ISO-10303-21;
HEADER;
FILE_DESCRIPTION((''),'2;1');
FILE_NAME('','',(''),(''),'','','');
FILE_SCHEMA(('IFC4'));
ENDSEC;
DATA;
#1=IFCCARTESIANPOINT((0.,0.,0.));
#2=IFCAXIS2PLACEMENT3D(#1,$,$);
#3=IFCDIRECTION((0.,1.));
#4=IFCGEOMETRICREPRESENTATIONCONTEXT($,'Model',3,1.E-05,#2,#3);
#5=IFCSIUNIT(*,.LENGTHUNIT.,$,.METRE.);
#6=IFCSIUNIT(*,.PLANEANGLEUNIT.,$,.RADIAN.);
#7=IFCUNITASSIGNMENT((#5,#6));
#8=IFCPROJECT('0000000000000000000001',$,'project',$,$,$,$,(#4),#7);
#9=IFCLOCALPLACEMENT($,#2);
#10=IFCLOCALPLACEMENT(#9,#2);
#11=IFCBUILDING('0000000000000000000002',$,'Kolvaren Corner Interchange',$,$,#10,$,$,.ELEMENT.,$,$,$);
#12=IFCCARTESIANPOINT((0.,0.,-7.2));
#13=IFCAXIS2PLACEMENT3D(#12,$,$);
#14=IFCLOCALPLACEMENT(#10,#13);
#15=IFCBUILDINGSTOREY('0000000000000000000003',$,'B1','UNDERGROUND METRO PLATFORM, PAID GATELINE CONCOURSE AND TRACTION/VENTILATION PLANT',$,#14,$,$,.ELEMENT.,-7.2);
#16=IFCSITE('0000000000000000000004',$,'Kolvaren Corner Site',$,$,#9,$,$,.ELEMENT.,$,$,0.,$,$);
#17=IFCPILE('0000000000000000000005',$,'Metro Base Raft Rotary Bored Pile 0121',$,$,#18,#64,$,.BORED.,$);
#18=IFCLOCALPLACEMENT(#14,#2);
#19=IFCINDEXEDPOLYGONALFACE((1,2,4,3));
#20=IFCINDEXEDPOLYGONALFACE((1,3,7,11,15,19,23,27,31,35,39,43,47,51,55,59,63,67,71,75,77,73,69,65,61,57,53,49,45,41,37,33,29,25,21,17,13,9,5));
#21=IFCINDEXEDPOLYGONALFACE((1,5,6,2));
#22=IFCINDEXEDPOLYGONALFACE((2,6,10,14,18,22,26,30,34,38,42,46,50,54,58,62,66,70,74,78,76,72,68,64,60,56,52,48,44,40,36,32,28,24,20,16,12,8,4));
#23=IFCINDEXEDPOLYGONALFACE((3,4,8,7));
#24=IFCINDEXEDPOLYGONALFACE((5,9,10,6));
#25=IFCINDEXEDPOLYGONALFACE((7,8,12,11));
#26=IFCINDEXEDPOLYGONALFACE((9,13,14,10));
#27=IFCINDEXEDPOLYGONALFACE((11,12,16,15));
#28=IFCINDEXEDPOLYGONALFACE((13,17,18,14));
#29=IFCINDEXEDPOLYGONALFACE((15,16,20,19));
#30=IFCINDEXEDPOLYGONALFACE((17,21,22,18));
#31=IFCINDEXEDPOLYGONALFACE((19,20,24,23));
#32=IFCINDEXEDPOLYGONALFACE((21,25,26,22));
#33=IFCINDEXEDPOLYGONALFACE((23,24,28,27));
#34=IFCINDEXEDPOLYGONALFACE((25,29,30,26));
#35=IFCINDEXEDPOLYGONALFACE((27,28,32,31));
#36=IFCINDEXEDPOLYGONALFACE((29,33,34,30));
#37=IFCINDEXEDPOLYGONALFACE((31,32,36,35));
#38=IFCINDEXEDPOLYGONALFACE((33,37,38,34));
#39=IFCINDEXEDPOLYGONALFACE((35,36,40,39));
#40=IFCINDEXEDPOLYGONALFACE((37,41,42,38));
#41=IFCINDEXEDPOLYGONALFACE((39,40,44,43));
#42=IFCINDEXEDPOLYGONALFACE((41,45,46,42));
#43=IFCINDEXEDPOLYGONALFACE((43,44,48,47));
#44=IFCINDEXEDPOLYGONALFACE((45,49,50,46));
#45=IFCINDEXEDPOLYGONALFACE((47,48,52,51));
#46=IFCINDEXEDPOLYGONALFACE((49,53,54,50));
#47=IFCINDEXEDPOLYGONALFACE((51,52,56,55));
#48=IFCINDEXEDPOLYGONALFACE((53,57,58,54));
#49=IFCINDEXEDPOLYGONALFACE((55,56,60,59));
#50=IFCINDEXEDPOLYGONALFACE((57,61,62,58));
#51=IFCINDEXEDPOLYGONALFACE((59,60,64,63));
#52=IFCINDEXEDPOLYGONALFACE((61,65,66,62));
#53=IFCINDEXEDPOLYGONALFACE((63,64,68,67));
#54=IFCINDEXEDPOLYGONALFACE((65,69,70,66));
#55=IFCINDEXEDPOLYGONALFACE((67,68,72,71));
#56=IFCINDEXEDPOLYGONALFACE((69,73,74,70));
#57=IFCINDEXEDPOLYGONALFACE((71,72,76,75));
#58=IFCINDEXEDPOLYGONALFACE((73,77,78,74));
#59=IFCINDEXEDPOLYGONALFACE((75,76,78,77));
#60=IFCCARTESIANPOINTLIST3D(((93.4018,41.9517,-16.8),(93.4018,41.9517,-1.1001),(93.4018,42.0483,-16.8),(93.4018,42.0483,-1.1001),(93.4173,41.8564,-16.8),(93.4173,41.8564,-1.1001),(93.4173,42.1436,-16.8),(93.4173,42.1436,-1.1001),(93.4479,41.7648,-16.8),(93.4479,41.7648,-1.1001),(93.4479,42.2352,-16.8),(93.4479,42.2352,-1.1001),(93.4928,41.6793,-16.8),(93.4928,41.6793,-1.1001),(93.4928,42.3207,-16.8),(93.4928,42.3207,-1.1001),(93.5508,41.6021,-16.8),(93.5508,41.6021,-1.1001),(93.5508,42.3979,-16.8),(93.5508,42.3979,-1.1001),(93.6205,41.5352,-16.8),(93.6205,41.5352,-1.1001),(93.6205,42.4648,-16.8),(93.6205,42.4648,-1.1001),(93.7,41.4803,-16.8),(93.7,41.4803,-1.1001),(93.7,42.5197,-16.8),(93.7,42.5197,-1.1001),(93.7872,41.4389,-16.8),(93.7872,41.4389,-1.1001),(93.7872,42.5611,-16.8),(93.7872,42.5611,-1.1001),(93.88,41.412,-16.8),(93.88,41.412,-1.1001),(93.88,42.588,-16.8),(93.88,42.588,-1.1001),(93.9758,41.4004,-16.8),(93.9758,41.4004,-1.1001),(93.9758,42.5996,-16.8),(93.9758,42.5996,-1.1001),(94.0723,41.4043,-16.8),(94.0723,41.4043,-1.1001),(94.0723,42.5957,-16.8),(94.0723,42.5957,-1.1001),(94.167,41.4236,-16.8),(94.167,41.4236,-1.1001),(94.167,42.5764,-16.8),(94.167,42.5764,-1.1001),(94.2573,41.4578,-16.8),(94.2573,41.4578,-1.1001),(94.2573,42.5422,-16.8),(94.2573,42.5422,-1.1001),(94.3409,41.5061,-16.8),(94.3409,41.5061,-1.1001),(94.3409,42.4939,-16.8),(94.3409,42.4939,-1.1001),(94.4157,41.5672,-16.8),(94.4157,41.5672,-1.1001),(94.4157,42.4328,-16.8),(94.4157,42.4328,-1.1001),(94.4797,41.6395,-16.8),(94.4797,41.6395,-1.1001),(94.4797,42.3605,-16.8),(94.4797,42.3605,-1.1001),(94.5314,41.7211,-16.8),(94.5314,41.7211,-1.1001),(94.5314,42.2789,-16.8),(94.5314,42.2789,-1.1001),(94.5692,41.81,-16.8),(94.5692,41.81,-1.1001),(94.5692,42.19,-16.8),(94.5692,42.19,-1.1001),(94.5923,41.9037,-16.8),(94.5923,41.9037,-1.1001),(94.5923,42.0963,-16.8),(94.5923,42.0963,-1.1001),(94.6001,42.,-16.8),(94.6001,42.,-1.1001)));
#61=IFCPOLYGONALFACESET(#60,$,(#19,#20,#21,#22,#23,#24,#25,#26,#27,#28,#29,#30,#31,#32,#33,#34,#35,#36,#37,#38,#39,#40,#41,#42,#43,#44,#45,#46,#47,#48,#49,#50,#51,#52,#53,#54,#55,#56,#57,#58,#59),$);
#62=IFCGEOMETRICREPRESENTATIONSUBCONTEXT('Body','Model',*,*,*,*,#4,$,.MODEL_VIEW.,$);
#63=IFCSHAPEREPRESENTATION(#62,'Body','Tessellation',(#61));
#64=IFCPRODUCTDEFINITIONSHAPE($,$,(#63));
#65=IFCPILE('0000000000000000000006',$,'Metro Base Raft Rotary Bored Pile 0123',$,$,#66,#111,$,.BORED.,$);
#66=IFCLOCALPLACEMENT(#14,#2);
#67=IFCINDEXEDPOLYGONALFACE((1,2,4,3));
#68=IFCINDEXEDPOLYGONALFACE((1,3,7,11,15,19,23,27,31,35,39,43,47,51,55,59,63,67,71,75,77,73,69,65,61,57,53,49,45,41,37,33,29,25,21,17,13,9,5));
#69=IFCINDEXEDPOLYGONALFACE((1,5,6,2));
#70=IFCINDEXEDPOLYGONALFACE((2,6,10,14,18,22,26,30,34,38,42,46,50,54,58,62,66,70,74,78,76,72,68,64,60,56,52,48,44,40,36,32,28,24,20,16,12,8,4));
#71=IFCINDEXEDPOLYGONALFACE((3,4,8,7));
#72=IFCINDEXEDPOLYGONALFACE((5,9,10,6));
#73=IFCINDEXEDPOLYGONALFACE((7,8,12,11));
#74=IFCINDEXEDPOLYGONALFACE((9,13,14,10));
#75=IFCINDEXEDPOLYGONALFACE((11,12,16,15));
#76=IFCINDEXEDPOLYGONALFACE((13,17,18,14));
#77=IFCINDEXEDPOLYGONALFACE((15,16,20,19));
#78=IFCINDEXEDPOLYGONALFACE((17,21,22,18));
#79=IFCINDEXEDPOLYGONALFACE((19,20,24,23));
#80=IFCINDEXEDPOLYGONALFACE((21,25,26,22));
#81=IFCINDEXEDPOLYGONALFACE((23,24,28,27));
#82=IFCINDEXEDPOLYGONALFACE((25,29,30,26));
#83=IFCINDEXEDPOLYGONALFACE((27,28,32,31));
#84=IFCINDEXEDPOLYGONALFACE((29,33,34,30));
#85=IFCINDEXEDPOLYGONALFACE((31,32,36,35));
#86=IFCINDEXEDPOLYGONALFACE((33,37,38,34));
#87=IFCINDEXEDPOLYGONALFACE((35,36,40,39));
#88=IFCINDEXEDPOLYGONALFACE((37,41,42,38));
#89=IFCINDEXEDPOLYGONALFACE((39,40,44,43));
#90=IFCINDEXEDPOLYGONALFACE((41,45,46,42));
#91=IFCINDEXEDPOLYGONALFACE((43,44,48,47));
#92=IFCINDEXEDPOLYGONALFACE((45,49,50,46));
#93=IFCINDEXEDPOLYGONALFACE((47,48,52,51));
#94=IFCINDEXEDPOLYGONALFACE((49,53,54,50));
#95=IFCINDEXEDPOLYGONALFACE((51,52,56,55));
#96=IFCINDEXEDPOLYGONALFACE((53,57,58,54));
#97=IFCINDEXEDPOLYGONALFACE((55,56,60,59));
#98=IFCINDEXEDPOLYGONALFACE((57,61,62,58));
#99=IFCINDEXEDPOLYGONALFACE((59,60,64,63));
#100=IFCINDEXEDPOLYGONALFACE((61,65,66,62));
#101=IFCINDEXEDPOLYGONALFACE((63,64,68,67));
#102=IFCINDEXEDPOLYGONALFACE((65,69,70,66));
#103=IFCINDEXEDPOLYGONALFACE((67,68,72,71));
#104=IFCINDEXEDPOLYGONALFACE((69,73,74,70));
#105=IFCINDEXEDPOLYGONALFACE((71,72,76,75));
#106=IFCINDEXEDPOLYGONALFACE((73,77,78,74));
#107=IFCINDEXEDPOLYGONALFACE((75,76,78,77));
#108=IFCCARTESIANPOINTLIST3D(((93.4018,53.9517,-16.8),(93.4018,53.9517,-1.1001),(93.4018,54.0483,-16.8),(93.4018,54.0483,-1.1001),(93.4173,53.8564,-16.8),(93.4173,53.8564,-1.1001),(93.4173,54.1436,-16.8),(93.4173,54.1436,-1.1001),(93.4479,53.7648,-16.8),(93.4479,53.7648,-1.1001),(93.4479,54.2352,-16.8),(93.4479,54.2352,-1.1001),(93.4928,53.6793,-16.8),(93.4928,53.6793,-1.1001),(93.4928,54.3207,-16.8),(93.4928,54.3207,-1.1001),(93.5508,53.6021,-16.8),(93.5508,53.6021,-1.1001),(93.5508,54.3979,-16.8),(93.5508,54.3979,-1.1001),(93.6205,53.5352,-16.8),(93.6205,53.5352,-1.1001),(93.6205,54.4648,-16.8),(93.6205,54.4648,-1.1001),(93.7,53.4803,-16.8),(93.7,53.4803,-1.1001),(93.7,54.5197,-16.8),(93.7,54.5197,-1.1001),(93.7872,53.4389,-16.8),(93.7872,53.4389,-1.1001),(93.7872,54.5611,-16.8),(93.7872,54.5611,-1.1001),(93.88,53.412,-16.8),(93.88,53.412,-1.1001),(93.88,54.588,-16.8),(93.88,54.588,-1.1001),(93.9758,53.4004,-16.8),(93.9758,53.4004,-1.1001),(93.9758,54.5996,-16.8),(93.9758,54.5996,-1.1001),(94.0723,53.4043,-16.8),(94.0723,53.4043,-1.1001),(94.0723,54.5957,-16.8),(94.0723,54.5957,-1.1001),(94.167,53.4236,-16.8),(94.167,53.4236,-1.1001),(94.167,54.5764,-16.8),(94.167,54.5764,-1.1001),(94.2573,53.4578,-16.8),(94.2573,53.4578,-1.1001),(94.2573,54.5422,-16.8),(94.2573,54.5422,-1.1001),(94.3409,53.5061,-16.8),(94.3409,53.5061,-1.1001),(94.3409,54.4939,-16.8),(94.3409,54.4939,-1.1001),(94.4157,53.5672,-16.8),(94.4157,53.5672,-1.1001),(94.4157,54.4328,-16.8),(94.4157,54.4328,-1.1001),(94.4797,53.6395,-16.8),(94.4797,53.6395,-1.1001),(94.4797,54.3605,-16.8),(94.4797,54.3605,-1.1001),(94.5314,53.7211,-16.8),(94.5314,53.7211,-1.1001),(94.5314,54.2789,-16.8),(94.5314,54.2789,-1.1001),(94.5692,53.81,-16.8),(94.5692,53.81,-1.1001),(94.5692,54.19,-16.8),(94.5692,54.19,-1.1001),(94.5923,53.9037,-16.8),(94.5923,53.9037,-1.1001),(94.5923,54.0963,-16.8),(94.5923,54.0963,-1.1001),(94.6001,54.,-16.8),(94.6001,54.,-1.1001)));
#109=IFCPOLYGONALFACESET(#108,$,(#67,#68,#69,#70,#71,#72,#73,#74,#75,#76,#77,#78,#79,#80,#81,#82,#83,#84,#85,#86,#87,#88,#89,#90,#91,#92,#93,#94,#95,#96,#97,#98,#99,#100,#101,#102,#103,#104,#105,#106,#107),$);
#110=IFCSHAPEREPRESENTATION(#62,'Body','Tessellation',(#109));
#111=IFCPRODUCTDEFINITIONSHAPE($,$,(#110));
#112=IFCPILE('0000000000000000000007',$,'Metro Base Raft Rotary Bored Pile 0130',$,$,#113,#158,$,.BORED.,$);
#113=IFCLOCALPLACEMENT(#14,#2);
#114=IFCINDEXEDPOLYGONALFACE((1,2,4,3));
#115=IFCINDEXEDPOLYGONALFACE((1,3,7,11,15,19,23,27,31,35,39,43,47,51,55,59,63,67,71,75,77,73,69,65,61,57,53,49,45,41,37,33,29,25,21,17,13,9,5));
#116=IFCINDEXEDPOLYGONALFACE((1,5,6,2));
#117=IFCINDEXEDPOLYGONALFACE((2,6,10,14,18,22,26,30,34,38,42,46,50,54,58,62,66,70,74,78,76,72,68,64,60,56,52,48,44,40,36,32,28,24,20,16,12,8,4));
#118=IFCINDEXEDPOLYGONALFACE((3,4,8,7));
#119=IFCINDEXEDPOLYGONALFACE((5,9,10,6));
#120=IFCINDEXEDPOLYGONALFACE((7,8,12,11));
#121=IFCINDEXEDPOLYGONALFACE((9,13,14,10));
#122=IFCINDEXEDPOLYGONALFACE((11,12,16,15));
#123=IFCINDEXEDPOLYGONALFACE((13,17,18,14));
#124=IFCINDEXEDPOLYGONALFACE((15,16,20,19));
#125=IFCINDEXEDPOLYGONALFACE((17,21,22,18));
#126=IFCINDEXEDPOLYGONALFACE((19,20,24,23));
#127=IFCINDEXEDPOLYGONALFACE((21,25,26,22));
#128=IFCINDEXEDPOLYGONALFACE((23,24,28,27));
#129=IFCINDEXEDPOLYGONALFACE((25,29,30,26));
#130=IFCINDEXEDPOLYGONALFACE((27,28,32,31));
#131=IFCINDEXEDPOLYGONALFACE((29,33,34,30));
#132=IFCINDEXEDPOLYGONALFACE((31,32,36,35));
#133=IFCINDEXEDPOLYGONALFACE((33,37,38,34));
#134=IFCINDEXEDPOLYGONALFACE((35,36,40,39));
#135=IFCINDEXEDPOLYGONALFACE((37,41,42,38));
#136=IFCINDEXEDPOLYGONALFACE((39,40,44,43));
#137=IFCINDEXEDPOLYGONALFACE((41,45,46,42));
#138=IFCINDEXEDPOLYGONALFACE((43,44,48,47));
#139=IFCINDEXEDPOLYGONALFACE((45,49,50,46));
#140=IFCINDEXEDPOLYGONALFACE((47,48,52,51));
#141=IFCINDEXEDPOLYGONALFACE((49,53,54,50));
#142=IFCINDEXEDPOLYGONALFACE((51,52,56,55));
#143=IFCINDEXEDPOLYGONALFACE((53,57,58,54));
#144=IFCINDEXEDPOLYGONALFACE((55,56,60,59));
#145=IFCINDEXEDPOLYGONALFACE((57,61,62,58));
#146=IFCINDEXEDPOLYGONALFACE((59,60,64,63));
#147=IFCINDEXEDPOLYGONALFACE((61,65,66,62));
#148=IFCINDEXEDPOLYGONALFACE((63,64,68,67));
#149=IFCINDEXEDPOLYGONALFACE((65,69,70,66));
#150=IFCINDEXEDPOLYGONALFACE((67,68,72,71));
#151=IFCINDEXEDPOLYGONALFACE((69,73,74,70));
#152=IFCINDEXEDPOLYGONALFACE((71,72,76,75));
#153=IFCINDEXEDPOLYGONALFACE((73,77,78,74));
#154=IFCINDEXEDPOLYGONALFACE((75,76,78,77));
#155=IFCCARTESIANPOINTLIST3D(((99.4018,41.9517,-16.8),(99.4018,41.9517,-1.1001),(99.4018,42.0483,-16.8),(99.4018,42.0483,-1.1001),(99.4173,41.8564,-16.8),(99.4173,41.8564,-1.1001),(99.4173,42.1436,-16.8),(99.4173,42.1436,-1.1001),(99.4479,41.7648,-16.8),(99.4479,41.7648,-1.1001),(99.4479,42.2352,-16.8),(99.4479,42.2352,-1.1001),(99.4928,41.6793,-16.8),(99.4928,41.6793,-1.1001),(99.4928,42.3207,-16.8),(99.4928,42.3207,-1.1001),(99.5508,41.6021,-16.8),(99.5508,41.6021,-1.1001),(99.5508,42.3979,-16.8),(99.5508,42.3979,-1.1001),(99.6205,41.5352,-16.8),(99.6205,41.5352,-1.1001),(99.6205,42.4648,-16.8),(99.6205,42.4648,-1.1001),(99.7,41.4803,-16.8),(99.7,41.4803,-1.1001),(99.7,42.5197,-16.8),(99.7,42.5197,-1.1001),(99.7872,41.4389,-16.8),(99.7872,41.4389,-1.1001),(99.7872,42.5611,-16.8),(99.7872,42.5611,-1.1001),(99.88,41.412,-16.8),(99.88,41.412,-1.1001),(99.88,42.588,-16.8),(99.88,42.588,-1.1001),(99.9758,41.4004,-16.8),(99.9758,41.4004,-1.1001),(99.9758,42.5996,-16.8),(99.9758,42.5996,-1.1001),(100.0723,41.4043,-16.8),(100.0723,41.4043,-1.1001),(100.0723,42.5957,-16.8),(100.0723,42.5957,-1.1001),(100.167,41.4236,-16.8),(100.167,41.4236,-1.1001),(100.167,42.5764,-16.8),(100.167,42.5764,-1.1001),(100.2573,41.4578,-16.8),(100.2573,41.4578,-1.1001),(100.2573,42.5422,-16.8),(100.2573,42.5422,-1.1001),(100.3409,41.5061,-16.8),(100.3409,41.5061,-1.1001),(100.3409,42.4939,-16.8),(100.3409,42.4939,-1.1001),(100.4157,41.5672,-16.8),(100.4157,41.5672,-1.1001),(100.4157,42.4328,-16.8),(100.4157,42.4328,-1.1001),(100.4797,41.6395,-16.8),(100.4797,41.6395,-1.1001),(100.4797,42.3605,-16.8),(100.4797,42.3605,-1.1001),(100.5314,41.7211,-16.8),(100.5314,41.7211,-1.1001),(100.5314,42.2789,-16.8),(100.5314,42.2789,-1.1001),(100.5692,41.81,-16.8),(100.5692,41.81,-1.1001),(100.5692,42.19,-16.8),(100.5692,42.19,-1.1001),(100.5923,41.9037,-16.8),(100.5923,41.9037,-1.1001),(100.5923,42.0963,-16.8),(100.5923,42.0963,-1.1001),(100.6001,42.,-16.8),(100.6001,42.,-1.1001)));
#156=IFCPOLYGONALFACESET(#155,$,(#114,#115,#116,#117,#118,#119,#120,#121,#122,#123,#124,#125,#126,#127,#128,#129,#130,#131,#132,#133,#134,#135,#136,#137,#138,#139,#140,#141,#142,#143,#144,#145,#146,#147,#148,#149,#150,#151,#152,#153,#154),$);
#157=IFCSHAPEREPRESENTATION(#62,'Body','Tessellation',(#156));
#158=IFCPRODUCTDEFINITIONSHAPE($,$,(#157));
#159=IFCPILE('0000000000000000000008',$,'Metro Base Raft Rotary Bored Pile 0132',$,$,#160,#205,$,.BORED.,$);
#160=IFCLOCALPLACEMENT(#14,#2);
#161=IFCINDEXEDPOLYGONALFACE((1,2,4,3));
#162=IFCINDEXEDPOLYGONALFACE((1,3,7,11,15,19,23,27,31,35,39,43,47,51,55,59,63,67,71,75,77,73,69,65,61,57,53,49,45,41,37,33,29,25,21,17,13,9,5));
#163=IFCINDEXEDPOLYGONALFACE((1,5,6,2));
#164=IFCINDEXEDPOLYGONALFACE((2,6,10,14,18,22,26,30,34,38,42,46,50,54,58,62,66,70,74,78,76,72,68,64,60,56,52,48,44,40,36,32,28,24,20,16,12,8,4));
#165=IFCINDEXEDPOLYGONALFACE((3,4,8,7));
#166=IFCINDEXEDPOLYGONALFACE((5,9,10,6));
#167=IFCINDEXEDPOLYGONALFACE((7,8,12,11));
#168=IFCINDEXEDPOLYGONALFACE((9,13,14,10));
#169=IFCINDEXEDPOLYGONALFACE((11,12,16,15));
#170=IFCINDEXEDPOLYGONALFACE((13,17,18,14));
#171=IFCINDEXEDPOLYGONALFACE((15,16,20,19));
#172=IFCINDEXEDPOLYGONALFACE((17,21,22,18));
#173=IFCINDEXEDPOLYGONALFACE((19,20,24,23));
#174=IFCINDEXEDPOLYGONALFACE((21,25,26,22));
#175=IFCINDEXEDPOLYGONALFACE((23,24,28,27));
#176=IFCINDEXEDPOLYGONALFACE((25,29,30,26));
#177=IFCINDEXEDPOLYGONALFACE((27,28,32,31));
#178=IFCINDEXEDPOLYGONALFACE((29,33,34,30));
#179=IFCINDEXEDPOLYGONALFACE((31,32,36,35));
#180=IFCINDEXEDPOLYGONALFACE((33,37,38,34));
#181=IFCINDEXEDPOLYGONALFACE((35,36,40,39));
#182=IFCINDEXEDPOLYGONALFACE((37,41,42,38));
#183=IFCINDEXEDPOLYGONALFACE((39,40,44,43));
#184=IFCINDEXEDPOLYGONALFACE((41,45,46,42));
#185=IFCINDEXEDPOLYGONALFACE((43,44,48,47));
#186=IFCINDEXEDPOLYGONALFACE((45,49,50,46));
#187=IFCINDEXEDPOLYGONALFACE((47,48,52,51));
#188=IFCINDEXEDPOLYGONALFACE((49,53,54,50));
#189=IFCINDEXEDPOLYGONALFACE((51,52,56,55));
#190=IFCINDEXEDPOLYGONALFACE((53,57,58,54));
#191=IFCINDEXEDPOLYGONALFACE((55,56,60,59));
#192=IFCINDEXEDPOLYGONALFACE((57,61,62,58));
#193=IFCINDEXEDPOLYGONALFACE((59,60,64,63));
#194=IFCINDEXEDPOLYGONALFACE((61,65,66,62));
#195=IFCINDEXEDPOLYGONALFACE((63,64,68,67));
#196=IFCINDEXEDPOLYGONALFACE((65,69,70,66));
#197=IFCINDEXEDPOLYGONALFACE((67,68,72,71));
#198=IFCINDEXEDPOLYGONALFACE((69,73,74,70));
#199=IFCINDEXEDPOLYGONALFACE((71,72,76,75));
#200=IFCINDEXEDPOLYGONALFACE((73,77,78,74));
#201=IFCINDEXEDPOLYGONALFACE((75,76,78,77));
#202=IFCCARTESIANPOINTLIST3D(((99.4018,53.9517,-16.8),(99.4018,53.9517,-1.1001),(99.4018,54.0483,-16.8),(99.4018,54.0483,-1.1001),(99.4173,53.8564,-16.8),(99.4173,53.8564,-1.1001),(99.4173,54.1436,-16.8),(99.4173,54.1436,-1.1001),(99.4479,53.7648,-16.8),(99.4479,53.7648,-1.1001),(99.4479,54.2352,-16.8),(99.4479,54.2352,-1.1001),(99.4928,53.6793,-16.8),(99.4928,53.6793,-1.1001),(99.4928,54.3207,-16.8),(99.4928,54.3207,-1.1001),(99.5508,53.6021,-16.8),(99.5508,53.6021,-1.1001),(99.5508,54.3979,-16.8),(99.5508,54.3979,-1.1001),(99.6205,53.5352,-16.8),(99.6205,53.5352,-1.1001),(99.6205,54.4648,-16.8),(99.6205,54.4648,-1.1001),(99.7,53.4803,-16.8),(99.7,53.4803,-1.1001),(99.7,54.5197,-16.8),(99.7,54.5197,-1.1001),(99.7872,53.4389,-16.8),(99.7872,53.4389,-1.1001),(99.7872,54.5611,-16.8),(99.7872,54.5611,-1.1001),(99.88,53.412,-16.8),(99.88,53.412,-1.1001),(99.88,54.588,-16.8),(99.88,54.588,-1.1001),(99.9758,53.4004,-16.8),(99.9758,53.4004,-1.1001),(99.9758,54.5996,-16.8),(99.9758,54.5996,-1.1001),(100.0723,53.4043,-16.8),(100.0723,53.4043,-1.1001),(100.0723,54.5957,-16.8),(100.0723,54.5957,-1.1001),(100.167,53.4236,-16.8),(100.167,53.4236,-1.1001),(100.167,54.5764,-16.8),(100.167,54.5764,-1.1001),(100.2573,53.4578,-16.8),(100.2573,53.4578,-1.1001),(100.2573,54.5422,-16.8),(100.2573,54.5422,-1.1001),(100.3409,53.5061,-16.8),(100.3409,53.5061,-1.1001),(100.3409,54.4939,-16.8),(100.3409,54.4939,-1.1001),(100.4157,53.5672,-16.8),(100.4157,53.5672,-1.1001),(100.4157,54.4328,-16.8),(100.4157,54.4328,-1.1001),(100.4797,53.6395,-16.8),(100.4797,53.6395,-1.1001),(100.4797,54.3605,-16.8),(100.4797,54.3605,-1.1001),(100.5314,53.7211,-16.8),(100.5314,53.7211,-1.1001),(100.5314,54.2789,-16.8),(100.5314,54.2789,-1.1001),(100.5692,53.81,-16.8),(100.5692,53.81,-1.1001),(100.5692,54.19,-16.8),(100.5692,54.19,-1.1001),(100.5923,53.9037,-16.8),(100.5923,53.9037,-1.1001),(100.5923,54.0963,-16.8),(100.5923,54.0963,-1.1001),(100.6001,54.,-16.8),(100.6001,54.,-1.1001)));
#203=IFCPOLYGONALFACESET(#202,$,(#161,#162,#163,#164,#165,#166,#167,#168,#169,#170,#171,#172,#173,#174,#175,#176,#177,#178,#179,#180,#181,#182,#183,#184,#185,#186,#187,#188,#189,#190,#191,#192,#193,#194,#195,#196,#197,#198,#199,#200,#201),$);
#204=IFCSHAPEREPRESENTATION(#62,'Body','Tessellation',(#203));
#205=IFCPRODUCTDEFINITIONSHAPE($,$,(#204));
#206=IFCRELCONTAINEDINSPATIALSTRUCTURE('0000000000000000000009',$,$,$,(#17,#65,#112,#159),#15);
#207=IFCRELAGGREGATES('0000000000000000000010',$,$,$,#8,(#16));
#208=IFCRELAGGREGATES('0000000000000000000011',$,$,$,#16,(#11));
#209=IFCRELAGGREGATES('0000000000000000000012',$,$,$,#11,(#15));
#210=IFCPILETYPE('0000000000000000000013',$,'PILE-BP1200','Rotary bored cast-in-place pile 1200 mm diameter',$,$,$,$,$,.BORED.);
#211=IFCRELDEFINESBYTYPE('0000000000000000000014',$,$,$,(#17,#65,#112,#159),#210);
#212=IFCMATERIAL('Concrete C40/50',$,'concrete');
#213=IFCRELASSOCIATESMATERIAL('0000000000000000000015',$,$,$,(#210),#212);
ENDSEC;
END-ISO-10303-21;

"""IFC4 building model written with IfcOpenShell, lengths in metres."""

from ifc_helpers import new_model, si_unit, direction, frame, origin, origin_2d, place, context, subcontext, project, spatial, circle, extrude, material, material_profile, profile_set, type_object, element, save


model = new_model("IFC4")

# Units and contexts
model_context = context("Model", 3, precision=1e-05, world=origin(), true_north=direction((0.0, 1.0)))
body_context = subcontext(model_context, "Body", "Model", "MODEL_VIEW")
ifc_project = project(units=[si_unit("LENGTHUNIT", "METRE"), si_unit("PLANEANGLEUNIT", "RADIAN")], contexts=[model_context])

# Site, building, storey
site_placement = place(None, origin())
site = spatial("IfcSite", under=ifc_project, at=site_placement, Name="Kolvaren Corner Site", CompositionType="ELEMENT", RefElevation=0.0)
building_placement = place(site_placement, origin())
building = spatial("IfcBuilding", under=site, at=building_placement, Name="Kolvaren Corner Interchange", CompositionType="ELEMENT")
storey_placement = place(building_placement, frame((0.0, 0.0, -7.2)))
storey = spatial("IfcBuildingStorey", under=building, at=storey_placement, Name="B1", Description="UNDERGROUND METRO PLATFORM, PAID GATELINE CONCOURSE AND TRACTION/VENTILATION PLANT", CompositionType="ELEMENT", Elevation=-7.2)

# Piles
ifc_material_1 = material(Name="Concrete C40/50", Category="concrete")
ifc_material_profile_1 = material_profile(ifc_material_1, circle(Radius=0.6001, at=origin_2d()), Name="BORED PILE 1200")
ifc_profile_set_1 = profile_set([ifc_material_profile_1], Name="Concrete C40/50")
pile_type_1 = type_object("IfcPileType", Name="PILE-BP1200", Description="Rotary bored cast-in-place pile 1200 mm diameter", PredefinedType="BORED", material=ifc_profile_set_1)
for number, where, z_axis, x_axis, name in (
    (1, (94.0, 42.0, -1.1001), (0.0, 0.0, -1.0), (1.0, 0.0, 0.0), "Metro Base Raft Rotary Bored Pile 0121"),
    (2, (94.0, 54.0, -1.1001), (0.0, 0.0, -1.0), (1.0, 0.0, 0.0), "Metro Base Raft Rotary Bored Pile 0123"),
    (3, (100.0, 42.0, -1.1001), (0.0, 0.0, -1.0), (1.0, 0.0, 0.0), "Metro Base Raft Rotary Bored Pile 0130"),
    (4, (100.0, 54.0, -1.1001), (0.0, 0.0, -1.0), (1.0, 0.0, 0.0), "Metro Base Raft Rotary Bored Pile 0132"),
):
    element("IfcPile", number, at=place(storey_placement, frame(where, z_axis=z_axis, x_axis=x_axis)), inside=storey, type_object=pile_type_1, Name=name, PredefinedType="BORED", context=body_context, shape_type="SweptSolid", body=[
        extrude(circle(Radius=0.6001, at=origin_2d()), origin(), (0.0, 0.0, 1.0), 15.7),
    ])

save(model, "model.ifc")
